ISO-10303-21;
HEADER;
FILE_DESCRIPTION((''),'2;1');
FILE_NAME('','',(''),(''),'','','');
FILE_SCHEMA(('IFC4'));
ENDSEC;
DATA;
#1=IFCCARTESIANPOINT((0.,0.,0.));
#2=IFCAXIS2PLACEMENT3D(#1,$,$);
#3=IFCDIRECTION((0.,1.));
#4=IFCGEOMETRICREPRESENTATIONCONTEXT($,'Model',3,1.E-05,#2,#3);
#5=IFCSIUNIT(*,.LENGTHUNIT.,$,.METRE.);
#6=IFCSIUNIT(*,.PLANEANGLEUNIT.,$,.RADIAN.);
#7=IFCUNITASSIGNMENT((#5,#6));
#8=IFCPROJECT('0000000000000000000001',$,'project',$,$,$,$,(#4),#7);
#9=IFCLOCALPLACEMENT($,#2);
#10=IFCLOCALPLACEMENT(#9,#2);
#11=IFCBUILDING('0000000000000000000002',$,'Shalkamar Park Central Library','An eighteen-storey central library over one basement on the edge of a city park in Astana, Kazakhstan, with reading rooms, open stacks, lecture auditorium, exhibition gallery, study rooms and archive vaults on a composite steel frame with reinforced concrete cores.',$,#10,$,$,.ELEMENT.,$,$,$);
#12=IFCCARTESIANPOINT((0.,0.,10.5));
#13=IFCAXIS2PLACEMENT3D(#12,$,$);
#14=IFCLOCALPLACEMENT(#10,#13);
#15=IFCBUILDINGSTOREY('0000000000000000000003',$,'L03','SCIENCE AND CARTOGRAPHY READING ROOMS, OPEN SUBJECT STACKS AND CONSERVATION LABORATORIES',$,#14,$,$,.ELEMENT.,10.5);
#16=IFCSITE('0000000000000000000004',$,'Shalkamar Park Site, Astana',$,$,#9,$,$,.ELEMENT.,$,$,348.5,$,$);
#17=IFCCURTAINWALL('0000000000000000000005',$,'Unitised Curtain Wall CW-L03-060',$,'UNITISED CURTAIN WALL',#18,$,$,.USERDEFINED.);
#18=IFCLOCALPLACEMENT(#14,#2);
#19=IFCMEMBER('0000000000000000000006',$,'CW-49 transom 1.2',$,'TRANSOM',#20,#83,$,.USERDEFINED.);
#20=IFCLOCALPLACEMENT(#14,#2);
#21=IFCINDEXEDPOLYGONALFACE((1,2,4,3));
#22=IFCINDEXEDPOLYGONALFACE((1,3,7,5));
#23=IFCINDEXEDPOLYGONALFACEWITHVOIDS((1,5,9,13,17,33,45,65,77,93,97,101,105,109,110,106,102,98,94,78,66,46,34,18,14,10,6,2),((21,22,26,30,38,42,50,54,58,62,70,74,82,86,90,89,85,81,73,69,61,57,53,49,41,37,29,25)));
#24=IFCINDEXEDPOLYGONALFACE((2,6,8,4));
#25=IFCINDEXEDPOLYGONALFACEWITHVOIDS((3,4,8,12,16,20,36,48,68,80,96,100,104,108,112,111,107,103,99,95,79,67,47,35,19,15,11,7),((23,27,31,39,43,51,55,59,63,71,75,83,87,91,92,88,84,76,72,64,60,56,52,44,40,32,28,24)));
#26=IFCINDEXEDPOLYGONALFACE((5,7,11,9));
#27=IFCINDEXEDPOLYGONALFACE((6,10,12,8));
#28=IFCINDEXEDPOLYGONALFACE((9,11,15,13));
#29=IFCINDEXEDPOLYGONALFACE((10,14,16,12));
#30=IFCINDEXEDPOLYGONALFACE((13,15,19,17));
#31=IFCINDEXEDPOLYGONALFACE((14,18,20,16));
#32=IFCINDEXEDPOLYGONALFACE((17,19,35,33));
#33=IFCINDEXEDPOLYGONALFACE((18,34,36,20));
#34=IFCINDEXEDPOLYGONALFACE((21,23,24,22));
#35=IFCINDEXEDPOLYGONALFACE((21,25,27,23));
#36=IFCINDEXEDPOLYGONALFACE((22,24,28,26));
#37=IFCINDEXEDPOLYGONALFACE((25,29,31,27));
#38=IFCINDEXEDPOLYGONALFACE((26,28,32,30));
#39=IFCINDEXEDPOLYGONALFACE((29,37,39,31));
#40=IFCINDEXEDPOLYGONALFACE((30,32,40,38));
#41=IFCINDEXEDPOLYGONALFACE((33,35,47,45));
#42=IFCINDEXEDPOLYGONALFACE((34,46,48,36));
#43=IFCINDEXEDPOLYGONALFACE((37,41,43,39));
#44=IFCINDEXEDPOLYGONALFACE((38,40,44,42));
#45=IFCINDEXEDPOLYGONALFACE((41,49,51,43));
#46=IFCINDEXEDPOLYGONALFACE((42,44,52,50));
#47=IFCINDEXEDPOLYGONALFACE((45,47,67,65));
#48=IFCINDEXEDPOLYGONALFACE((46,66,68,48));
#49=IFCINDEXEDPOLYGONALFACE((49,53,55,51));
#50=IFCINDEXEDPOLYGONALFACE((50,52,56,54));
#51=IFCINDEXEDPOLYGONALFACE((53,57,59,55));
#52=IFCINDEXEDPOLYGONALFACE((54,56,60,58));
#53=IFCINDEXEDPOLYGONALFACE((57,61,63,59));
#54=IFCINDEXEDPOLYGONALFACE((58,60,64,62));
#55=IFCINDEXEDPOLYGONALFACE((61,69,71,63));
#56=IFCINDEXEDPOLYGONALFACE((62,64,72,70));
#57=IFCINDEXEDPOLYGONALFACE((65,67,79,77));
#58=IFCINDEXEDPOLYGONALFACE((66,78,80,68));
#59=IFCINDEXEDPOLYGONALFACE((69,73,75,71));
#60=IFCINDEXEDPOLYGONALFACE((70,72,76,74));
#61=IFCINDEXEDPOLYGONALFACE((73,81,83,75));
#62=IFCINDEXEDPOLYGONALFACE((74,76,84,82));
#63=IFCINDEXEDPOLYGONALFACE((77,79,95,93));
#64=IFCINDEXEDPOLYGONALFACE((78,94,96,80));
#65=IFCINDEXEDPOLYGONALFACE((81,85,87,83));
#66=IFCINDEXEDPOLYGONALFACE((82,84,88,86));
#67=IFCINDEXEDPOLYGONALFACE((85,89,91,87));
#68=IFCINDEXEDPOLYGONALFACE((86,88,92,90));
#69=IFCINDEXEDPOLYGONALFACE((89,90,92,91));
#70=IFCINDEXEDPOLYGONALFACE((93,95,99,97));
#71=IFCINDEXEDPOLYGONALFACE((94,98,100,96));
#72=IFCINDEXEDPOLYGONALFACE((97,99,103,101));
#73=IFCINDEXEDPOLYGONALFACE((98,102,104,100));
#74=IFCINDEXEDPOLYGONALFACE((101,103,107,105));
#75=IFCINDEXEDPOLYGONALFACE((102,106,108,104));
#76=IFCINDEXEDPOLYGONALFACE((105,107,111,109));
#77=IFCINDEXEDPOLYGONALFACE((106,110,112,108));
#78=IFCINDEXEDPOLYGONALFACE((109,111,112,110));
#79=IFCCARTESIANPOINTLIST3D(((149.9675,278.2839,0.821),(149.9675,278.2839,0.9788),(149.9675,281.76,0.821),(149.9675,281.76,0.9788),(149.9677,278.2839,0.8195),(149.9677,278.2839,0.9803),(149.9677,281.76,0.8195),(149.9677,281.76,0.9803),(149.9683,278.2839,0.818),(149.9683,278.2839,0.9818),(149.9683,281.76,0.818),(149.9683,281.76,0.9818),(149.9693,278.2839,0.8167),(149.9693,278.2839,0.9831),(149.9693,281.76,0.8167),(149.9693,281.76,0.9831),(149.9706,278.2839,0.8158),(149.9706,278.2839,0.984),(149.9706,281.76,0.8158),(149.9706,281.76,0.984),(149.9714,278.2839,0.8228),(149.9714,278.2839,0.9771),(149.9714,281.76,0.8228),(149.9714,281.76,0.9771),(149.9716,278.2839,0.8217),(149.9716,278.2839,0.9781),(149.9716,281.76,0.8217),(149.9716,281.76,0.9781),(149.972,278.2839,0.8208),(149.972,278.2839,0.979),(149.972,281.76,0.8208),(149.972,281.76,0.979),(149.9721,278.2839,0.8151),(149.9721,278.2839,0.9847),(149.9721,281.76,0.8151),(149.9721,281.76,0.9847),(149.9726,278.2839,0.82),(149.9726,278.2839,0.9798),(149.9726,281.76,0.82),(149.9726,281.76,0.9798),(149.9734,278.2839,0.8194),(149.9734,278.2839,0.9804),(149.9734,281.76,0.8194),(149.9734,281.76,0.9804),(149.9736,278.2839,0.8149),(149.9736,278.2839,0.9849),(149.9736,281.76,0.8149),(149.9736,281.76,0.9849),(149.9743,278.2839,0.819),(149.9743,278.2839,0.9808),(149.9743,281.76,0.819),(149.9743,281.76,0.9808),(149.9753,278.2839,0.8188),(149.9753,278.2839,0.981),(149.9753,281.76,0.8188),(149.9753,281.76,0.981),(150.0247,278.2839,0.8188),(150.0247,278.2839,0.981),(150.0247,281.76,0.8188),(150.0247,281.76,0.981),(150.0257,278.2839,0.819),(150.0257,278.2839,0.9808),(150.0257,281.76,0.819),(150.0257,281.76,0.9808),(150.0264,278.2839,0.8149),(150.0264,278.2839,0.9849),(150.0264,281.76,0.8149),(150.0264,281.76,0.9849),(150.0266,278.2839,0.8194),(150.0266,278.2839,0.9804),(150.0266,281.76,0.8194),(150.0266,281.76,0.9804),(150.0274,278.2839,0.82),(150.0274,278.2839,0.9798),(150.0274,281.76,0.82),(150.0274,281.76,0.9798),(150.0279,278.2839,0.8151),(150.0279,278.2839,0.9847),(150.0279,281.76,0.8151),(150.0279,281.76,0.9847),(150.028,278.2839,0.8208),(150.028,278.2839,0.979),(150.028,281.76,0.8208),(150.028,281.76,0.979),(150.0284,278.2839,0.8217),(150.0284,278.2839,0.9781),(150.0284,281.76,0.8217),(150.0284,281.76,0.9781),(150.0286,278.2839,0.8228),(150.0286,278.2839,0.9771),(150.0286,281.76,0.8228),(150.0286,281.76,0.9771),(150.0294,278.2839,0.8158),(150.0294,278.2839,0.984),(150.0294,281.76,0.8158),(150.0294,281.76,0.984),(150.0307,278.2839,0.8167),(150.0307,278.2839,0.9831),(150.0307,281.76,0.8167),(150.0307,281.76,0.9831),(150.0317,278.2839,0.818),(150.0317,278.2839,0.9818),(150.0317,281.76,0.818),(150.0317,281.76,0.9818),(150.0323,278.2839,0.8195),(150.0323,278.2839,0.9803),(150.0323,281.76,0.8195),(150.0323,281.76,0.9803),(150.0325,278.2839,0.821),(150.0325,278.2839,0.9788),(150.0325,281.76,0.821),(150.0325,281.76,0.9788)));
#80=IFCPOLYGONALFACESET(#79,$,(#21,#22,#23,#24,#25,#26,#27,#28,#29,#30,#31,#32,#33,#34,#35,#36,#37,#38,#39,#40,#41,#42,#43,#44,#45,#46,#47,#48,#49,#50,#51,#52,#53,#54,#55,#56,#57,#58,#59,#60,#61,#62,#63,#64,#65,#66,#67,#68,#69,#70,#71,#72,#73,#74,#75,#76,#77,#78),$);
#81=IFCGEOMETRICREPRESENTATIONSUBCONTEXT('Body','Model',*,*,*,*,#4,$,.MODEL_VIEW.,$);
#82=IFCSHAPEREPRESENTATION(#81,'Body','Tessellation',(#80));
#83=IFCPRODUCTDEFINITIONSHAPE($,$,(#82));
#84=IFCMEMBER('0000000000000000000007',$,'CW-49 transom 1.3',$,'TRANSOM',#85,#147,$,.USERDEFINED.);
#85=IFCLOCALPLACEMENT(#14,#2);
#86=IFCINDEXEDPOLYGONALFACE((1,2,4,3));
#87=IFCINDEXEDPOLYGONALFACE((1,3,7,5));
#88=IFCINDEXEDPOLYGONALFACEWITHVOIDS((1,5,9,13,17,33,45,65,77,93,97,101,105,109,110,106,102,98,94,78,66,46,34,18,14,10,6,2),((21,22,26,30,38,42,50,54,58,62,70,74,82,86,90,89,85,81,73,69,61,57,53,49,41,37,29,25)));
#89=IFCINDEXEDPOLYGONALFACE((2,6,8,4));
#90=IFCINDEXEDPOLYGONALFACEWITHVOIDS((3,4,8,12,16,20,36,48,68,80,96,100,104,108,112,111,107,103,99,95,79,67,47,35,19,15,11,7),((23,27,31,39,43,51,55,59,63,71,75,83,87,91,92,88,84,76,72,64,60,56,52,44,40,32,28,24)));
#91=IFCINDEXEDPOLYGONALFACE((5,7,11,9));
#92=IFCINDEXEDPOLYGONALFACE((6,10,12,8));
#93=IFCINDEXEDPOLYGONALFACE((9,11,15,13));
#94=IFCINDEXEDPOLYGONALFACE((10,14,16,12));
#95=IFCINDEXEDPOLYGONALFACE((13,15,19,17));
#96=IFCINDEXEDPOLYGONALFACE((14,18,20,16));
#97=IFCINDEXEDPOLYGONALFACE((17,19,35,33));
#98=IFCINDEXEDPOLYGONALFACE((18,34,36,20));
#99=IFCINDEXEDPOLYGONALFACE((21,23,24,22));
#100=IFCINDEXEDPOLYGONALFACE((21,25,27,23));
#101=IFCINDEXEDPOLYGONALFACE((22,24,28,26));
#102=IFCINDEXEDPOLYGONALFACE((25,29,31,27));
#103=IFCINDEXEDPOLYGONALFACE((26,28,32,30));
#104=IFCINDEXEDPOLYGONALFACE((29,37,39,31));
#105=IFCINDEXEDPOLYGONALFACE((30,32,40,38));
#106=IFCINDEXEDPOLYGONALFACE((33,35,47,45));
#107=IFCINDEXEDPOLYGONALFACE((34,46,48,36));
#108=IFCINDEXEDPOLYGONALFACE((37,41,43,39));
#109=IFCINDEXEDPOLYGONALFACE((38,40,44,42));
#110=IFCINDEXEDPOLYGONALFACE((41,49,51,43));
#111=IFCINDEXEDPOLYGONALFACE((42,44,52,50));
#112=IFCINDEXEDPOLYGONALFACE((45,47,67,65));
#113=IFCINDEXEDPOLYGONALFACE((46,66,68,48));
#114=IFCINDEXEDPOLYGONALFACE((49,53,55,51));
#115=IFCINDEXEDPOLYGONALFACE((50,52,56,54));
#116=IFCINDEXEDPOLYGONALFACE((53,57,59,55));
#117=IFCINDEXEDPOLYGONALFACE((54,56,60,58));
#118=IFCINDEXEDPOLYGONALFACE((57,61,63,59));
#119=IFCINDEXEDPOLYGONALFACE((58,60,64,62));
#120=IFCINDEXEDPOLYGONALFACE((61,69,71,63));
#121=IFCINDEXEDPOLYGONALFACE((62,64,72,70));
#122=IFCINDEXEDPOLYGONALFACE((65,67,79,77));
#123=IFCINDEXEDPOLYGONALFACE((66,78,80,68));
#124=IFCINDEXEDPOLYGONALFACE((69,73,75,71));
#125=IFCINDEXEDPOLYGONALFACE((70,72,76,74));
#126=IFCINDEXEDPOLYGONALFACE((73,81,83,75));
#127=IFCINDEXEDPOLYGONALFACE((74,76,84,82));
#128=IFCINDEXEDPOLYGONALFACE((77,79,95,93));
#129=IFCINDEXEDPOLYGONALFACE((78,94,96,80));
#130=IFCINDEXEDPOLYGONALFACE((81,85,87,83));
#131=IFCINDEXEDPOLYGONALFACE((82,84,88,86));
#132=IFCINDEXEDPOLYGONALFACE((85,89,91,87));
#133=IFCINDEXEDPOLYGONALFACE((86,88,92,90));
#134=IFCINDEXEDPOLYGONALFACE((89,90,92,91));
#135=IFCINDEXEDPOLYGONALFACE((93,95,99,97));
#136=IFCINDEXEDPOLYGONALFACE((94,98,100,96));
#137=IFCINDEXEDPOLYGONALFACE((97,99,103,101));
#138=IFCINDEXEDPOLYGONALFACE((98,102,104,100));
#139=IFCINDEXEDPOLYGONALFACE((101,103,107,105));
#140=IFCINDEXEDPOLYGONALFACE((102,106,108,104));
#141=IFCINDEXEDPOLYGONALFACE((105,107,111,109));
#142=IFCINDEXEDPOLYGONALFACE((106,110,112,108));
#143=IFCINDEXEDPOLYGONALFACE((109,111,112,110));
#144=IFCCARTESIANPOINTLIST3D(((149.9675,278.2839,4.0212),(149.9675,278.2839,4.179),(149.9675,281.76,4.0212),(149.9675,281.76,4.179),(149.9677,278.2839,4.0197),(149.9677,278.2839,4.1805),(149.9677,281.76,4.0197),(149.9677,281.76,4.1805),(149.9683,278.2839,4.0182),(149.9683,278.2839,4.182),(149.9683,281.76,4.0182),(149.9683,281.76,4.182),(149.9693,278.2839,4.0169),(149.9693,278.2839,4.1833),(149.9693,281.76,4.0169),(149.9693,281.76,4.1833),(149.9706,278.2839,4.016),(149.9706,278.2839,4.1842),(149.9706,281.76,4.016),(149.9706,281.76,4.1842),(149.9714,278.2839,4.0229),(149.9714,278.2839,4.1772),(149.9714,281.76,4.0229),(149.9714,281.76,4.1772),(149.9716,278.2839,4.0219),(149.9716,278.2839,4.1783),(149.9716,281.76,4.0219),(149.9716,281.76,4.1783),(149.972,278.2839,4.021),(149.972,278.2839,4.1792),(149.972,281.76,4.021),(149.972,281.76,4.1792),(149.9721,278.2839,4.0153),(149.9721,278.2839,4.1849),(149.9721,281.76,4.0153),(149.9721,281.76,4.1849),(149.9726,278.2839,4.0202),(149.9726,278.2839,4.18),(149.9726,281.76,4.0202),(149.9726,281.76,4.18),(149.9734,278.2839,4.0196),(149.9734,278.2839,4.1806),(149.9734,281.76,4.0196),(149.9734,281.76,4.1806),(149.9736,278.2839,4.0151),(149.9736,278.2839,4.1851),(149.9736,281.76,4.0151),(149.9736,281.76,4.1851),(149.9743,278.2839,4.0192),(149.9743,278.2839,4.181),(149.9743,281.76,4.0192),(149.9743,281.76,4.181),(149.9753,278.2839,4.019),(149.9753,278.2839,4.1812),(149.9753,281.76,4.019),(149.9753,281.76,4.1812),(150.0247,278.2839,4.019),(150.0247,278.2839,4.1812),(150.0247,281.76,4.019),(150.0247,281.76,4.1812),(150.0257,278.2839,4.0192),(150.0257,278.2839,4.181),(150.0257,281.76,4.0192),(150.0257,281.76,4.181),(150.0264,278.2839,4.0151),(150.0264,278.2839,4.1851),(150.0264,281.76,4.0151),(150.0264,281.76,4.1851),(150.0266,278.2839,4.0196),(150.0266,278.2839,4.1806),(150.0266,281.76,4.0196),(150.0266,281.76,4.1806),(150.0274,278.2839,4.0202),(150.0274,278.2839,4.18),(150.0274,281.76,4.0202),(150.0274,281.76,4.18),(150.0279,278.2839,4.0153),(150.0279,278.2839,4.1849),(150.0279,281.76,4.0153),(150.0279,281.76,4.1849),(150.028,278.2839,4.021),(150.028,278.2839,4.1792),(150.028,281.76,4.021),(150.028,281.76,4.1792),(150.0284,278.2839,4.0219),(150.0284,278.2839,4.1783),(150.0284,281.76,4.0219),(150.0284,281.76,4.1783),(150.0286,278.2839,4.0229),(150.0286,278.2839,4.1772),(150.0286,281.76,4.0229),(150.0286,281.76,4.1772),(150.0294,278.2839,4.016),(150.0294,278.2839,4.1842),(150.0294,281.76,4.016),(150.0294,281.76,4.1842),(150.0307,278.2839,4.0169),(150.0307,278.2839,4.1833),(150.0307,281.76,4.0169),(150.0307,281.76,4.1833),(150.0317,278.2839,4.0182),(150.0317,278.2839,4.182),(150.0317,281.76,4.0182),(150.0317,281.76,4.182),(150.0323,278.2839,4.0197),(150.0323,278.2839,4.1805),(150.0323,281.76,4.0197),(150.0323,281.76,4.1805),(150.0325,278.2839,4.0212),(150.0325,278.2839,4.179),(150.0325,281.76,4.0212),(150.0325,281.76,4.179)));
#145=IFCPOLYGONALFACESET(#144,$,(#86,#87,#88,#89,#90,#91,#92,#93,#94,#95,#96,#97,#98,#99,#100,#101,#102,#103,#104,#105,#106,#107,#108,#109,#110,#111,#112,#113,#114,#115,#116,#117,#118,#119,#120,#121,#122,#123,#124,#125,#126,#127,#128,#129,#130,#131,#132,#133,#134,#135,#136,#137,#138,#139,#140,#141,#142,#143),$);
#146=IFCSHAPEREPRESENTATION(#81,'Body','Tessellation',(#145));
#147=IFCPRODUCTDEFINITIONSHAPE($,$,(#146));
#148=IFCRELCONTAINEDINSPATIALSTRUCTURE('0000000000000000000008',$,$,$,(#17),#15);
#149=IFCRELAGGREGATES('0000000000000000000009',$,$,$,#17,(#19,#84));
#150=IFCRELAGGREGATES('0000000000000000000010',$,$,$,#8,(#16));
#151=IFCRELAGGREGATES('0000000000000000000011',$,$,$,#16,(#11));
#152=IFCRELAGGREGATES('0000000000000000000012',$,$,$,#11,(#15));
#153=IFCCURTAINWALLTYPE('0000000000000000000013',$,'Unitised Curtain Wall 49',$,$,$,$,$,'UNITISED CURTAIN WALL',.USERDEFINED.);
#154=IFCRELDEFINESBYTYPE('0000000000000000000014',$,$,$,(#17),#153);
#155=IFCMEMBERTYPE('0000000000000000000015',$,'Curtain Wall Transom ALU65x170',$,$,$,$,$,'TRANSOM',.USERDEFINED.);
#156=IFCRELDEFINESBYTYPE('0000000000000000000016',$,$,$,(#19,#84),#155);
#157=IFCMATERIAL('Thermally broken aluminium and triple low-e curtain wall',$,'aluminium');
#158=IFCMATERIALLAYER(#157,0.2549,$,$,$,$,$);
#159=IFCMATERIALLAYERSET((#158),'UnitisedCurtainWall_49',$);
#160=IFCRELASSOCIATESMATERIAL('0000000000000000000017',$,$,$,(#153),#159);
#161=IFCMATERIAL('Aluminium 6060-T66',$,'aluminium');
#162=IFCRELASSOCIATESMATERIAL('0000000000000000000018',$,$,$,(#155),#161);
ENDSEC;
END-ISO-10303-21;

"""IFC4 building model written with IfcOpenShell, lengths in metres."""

from ifc_helpers import new_model, si_unit, direction, frame, origin, origin_2d, place, context, subcontext, project, spatial, hollow_rectangle, extrude, material, layer, layer_set, material_profile, profile_set, type_object, element, aggregate, save


model = new_model("IFC4")

# Units and contexts
model_context = context("Model", 3, precision=1e-05, world=origin(), true_north=direction((0.0, 1.0)))
body_context = subcontext(model_context, "Body", "Model", "MODEL_VIEW")
ifc_project = project(units=[si_unit("LENGTHUNIT", "METRE"), si_unit("PLANEANGLEUNIT", "RADIAN")], contexts=[model_context])

# Site, building, storey
site_placement = place(None, origin())
site = spatial("IfcSite", under=ifc_project, at=site_placement, Name="Shalkamar Park Site, Astana", CompositionType="ELEMENT", RefElevation=348.5)
building_placement = place(site_placement, origin())
building = spatial("IfcBuilding", under=site, at=building_placement, Name="Shalkamar Park Central Library", Description="An eighteen-storey central library over one basement on the edge of a city park in Astana, Kazakhstan, with reading rooms, open stacks, lecture auditorium, exhibition gallery, study rooms and archive vaults on a composite steel frame with reinforced concrete cores.", CompositionType="ELEMENT")
storey_placement = place(building_placement, frame((0.0, 0.0, 10.5)))
storey = spatial("IfcBuildingStorey", under=building, at=storey_placement, Name="L03", Description="SCIENCE AND CARTOGRAPHY READING ROOMS, OPEN SUBJECT STACKS AND CONSERVATION LABORATORIES", CompositionType="ELEMENT", Elevation=10.5)

# Curtain wall, members
ifc_material_1 = material(Name="Thermally broken aluminium and triple low-e curtain wall", Category="aluminium")
ifc_layer_1 = layer(ifc_material_1, 0.2549)
ifc_layer_set_1 = layer_set([ifc_layer_1], Name="UnitisedCurtainWall_49")
curtain_wall_type = type_object("IfcCurtainWallType", Name="Unitised Curtain Wall 49", ElementType="UNITISED CURTAIN WALL", PredefinedType="USERDEFINED", material=ifc_layer_set_1)
curtain_wall_placement = place(storey_placement, origin())
curtain_wall = element("IfcCurtainWall", 1, at=curtain_wall_placement, inside=storey, type_object=curtain_wall_type, Name="Unitised Curtain Wall CW-L03-060", ObjectType="UNITISED CURTAIN WALL", PredefinedType="USERDEFINED")
ifc_material_2 = material(Name="Aluminium 6060-T66", Category="aluminium")
ifc_material_profile_1 = material_profile(ifc_material_2, hollow_rectangle(XDim=0.0649, YDim=0.1699, WallThickness=0.0039, InnerFilletRadius=0.0039, OuterFilletRadius=0.0061, at=origin_2d()), Name="ALU 65x170x4")
ifc_profile_set_1 = profile_set([ifc_material_profile_1], Name="Aluminium 6060-T66")
member_type_1 = type_object("IfcMemberType", Name="Curtain Wall Transom ALU65x170", ElementType="TRANSOM", PredefinedType="USERDEFINED", material=ifc_profile_set_1)
member_1_placement = place(storey_placement, frame((150.0, 278.2839, 0.8999), z_axis=(0.0, 1.0, 0.0), x_axis=(-1.0, 0.0, 0.0)))
member_1 = element("IfcMember", 2, at=member_1_placement, type_object=member_type_1, Name="CW-49 transom 1.2", ObjectType="TRANSOM", PredefinedType="USERDEFINED", context=body_context, shape_type="SweptSolid", body=[
    extrude(hollow_rectangle(XDim=0.0649, YDim=0.1699, WallThickness=0.0039, InnerFilletRadius=0.0039, OuterFilletRadius=0.0061, at=origin_2d()), origin(), (0.0, 0.0, 1.0), 3.4761),
])
member_2_placement = place(storey_placement, frame((150.0, 278.2839, 4.1001), z_axis=(0.0, 1.0, 0.0), x_axis=(-1.0, 0.0, 0.0)))
member_2 = element("IfcMember", 3, at=member_2_placement, type_object=member_type_1, Name="CW-49 transom 1.3", ObjectType="TRANSOM", PredefinedType="USERDEFINED", context=body_context, shape_type="SweptSolid", body=[
    extrude(hollow_rectangle(XDim=0.0649, YDim=0.1699, WallThickness=0.0039, InnerFilletRadius=0.0039, OuterFilletRadius=0.0061, at=origin_2d()), origin(), (0.0, 0.0, 1.0), 3.4761),
])

aggregate(curtain_wall, [member_1, member_2])

save(model, "model.ifc")
